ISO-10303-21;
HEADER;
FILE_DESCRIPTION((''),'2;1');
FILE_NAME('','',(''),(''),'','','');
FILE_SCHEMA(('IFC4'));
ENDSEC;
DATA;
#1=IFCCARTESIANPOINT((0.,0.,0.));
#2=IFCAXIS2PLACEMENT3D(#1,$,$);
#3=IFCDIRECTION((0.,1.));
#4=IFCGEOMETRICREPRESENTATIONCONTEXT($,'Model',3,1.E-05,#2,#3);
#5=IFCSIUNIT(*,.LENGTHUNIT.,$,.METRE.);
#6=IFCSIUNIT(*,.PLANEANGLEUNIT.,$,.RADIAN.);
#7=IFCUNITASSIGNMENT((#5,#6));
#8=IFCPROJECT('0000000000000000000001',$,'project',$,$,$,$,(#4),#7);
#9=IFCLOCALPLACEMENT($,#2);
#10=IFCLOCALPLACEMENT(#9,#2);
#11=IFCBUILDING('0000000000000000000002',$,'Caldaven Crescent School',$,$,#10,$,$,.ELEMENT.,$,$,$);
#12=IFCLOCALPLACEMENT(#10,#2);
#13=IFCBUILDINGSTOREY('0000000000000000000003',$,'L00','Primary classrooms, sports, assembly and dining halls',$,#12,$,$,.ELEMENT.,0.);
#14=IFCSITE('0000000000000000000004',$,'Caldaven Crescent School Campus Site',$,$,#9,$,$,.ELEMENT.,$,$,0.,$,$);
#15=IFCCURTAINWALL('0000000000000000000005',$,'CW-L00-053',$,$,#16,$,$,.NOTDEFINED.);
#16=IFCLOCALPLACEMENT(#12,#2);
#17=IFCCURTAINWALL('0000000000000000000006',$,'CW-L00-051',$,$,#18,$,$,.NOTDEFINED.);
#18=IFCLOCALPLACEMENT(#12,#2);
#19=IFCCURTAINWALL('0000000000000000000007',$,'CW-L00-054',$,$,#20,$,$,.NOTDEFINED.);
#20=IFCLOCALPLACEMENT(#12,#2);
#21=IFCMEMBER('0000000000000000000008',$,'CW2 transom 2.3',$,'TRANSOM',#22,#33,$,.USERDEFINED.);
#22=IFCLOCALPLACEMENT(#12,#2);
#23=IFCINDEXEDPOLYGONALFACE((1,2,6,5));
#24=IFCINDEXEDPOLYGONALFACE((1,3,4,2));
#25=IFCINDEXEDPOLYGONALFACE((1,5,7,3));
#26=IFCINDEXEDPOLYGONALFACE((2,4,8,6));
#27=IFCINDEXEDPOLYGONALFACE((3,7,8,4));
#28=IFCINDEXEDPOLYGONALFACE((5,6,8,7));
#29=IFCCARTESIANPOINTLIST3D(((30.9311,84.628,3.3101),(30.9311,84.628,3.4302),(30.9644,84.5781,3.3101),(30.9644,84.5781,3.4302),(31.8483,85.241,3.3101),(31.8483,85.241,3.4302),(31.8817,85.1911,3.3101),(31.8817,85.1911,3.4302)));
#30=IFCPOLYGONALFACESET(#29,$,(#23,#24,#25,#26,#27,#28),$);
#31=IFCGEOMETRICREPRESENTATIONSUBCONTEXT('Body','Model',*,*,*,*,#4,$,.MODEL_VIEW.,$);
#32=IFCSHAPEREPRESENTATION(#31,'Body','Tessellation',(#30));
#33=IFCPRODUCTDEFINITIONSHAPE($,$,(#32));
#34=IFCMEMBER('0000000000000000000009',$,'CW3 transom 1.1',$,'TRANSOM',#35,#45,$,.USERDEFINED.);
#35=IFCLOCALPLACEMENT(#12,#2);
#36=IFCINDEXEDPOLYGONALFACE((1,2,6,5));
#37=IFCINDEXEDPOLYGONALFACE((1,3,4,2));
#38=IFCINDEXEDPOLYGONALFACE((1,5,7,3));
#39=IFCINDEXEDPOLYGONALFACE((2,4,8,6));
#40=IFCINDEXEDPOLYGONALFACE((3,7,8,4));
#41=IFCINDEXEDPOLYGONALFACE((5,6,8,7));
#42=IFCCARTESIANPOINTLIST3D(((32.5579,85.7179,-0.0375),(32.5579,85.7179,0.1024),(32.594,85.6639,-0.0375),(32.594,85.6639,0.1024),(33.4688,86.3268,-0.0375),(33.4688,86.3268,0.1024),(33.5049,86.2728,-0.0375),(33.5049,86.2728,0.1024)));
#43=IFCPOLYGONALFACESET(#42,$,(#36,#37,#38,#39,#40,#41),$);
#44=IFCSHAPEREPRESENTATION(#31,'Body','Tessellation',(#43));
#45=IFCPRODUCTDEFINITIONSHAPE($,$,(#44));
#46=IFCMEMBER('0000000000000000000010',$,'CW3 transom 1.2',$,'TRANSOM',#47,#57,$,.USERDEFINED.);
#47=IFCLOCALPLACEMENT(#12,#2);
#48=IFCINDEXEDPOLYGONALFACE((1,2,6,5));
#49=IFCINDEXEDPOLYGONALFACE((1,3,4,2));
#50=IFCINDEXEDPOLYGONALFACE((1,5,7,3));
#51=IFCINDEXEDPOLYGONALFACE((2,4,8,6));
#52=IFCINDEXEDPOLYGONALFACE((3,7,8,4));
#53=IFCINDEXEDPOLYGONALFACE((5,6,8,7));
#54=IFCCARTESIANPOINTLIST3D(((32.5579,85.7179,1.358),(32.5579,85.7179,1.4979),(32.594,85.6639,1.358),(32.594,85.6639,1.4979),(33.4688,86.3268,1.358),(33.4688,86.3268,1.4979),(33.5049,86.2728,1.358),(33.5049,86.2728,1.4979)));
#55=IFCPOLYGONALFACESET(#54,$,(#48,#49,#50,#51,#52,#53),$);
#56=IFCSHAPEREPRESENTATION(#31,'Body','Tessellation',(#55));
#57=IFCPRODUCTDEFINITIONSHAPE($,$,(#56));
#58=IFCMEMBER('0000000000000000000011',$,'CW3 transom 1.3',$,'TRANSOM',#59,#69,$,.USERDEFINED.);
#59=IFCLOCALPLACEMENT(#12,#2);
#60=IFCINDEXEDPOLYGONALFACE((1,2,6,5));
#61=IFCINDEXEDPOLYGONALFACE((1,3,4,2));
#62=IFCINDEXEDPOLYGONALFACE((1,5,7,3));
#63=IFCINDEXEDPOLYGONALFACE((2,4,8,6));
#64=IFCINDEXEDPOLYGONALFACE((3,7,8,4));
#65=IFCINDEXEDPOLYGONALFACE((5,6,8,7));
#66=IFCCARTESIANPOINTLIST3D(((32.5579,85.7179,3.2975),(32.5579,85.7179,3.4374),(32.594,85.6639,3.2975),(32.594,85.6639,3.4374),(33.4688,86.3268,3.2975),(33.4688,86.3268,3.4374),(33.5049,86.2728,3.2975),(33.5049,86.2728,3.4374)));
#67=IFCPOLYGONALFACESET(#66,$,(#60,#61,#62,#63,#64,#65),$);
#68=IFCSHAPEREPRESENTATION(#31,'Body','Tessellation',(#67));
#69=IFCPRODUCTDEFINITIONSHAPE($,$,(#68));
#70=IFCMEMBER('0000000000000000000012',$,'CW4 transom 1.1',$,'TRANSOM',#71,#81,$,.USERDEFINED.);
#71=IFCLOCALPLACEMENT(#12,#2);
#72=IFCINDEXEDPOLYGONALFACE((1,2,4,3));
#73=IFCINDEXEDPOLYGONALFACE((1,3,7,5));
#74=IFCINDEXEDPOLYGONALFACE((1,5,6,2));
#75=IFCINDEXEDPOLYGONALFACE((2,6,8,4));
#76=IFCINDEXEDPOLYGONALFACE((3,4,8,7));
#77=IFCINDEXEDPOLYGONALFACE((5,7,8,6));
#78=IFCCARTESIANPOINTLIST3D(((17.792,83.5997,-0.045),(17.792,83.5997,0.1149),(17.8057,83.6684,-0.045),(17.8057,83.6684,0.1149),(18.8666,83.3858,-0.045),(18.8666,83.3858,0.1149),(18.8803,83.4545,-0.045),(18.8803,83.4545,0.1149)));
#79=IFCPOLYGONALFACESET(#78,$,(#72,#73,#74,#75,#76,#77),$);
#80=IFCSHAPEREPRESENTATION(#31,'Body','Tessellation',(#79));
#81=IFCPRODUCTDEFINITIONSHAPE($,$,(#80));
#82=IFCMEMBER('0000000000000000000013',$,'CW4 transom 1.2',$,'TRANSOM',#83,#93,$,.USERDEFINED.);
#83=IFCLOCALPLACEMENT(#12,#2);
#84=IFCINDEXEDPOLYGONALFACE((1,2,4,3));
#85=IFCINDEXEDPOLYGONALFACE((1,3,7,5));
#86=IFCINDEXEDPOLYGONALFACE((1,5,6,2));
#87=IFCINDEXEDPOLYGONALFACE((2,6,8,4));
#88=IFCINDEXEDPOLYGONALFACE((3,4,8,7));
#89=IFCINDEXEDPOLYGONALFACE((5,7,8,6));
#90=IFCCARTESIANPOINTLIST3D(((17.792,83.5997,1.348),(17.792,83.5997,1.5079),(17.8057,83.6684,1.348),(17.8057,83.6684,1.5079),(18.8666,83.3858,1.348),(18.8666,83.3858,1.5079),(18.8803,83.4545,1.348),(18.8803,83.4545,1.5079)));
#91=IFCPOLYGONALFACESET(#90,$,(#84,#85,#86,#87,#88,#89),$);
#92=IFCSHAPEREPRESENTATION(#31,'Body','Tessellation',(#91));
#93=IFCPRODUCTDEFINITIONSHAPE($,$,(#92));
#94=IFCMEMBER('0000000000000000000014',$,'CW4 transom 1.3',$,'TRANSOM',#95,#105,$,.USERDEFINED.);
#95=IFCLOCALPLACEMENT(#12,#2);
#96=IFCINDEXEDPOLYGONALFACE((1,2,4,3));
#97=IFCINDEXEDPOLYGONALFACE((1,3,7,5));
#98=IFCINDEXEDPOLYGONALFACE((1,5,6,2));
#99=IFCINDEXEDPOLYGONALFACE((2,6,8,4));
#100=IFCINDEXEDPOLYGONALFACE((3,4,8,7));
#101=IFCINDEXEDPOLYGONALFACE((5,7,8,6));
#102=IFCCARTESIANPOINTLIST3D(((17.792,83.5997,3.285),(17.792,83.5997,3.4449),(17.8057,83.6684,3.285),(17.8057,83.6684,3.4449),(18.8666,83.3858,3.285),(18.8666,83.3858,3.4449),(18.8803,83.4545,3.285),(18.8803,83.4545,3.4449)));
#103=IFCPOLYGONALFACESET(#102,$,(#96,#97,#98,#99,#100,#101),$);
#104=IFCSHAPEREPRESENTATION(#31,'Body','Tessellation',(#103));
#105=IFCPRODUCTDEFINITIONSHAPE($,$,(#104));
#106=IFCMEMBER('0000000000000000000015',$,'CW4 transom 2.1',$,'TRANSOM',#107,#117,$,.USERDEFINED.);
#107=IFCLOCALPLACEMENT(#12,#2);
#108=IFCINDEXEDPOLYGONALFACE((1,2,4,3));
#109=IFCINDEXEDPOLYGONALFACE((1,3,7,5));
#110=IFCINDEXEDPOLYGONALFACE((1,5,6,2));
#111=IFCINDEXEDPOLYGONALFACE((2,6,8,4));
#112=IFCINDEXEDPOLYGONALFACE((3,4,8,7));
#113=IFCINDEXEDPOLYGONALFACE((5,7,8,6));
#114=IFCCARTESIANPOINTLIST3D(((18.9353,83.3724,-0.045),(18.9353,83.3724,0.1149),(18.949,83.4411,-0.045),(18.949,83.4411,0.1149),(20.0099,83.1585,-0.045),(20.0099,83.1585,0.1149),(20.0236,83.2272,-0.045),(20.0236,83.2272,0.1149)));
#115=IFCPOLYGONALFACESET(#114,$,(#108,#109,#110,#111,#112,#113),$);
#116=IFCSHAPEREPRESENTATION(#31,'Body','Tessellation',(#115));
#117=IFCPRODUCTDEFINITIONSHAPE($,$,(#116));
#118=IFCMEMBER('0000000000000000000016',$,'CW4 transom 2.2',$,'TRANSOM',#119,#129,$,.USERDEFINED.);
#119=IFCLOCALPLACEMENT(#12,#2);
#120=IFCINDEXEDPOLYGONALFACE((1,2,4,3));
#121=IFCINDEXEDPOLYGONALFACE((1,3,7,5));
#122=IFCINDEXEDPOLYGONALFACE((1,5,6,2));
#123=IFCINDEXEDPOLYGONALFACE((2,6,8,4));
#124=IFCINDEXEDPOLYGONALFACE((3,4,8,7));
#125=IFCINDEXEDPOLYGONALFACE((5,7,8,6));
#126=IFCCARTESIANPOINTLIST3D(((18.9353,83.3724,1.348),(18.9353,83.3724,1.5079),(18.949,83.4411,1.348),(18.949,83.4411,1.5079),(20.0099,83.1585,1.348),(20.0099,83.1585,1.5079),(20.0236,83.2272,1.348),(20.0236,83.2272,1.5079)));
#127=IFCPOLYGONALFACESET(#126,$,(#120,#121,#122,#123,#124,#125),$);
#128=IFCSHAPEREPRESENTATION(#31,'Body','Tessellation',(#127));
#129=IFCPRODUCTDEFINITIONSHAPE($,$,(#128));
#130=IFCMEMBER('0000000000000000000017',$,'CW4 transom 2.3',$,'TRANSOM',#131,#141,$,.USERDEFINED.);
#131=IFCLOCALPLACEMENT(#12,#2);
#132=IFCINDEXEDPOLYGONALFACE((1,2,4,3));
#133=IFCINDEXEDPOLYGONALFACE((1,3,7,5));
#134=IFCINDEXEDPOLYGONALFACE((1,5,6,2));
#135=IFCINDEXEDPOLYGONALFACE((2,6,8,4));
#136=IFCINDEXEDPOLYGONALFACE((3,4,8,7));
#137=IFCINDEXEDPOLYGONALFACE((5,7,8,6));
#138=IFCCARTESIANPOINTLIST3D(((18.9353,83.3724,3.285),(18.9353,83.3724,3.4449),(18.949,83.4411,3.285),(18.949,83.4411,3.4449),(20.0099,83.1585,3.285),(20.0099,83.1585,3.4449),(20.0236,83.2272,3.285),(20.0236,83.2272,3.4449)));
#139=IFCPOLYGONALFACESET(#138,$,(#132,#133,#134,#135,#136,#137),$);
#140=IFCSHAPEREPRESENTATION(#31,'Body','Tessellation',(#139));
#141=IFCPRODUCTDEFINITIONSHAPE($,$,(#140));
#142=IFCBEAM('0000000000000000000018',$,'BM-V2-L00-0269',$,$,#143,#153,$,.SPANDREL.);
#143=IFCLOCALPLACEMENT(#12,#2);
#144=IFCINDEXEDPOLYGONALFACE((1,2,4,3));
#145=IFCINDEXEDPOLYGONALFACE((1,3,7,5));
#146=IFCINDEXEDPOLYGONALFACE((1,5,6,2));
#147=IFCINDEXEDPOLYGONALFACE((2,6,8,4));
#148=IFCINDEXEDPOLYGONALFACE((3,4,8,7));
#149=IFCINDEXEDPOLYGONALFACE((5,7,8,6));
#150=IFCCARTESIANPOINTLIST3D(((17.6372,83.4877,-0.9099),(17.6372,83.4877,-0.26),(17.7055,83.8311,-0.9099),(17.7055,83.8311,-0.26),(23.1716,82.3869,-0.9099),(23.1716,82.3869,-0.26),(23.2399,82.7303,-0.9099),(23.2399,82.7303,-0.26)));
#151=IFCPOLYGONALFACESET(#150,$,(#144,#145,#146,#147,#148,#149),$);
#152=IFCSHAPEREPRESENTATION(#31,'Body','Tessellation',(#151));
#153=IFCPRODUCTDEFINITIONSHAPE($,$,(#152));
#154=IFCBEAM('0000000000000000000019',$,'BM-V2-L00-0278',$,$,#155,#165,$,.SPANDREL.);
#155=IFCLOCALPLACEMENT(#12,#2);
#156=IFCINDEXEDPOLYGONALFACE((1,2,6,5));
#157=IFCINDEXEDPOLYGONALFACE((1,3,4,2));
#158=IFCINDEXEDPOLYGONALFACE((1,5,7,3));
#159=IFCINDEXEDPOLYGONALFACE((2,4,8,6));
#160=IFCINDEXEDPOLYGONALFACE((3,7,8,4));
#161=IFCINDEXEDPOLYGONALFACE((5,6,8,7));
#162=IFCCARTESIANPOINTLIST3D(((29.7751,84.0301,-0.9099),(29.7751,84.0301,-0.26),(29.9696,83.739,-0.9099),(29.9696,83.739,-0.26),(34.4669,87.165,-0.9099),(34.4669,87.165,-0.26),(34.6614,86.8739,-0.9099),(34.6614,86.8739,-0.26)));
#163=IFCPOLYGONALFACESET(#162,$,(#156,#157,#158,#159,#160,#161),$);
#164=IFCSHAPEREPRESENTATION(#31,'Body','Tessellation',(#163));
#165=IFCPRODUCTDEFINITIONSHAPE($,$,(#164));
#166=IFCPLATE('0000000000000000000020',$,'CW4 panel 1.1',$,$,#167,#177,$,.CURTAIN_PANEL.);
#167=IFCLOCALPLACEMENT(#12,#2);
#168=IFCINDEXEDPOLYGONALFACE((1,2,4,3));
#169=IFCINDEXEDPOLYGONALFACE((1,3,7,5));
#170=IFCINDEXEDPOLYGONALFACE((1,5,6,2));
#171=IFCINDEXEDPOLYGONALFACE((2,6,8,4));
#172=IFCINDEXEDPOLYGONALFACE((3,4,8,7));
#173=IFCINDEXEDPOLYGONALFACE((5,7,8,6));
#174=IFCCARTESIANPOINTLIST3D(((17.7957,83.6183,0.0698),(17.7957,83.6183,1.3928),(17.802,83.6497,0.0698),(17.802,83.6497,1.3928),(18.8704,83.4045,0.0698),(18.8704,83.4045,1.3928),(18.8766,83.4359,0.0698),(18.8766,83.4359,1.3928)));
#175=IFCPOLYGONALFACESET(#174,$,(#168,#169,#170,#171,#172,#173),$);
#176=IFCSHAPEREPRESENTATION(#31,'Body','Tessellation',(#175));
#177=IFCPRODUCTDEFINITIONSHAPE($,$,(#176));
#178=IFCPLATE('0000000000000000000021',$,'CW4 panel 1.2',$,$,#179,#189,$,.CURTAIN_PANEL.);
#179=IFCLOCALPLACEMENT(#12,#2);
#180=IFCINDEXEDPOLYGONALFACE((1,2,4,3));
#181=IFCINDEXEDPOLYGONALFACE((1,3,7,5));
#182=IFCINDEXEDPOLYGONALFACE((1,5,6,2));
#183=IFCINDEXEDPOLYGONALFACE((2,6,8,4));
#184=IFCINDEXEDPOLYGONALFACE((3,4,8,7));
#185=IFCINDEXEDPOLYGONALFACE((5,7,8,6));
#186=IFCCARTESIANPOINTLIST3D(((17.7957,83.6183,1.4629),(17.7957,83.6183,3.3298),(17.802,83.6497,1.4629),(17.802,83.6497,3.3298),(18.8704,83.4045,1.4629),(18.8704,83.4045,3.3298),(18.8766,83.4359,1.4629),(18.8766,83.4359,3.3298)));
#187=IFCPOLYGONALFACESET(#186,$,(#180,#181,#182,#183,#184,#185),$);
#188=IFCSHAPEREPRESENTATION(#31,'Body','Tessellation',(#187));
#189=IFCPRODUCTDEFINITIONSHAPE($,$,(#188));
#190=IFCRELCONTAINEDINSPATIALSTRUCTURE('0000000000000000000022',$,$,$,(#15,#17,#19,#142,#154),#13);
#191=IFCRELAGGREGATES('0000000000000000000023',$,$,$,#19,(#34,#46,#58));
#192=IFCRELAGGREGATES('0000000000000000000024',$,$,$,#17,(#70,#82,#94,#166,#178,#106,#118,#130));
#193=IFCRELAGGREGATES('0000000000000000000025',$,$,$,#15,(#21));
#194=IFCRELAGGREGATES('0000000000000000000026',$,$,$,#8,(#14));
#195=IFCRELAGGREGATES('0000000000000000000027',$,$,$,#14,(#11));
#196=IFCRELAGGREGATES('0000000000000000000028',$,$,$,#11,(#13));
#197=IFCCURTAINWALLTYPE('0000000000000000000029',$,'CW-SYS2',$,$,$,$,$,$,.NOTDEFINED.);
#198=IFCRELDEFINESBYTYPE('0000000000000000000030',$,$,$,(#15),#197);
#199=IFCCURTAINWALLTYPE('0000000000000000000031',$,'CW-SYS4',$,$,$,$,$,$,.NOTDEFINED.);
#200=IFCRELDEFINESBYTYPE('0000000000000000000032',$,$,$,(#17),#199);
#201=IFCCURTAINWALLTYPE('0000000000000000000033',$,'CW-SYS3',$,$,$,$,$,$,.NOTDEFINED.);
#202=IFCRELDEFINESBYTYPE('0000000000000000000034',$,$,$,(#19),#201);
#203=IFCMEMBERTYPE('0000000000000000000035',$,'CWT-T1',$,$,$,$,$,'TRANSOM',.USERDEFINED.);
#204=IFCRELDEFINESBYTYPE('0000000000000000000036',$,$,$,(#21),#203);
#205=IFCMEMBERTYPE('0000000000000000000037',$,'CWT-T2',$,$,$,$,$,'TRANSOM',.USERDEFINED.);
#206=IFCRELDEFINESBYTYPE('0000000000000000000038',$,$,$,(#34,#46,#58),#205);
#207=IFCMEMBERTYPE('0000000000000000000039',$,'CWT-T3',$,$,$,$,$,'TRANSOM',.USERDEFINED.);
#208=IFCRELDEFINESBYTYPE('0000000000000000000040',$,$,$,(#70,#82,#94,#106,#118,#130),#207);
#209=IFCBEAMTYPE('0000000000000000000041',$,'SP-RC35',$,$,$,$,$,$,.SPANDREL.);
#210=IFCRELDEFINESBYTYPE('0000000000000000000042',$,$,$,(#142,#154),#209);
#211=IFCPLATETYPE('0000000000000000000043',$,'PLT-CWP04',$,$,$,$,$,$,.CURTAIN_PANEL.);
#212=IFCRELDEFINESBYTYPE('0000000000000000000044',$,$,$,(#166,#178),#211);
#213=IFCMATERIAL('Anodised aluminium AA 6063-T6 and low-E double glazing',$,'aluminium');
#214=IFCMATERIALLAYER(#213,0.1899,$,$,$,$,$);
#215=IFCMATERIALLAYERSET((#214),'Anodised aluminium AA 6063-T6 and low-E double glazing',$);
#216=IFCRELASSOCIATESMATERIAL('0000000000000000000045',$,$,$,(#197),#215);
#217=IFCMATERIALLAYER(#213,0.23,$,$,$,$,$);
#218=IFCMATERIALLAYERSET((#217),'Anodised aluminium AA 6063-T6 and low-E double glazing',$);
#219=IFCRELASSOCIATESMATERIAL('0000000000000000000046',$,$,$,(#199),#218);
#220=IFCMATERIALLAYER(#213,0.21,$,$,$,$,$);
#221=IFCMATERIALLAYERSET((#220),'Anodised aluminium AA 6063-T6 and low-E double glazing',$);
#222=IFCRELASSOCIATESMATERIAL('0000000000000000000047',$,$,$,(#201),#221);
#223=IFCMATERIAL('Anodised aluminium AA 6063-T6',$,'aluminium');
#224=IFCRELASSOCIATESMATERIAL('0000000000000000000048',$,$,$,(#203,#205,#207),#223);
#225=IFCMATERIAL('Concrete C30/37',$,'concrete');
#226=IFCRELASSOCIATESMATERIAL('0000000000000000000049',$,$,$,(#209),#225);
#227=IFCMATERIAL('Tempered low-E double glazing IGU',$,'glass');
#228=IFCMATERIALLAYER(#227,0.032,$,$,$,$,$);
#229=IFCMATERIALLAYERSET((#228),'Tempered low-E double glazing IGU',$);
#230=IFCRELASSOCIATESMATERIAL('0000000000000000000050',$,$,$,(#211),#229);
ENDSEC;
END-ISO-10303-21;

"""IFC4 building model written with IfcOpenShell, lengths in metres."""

from ifc_helpers import new_model, si_unit, direction, frame, origin, origin_2d, place, context, subcontext, project, spatial, rectangle, extrude, material, layer, layer_set, material_profile, profile_set, type_object, element, aggregate, save


model = new_model("IFC4")

# Units and contexts
model_context = context("Model", 3, precision=1e-05, world=origin(), true_north=direction((0.0, 1.0)))
body_context = subcontext(model_context, "Body", "Model", "MODEL_VIEW")
ifc_project = project(units=[si_unit("LENGTHUNIT", "METRE"), si_unit("PLANEANGLEUNIT", "RADIAN")], contexts=[model_context])

# Site, building, storey
site_placement = place(None, origin())
site = spatial("IfcSite", under=ifc_project, at=site_placement, Name="Caldaven Crescent School Campus Site", CompositionType="ELEMENT", RefElevation=0.0)
building_placement = place(site_placement, origin())
building = spatial("IfcBuilding", under=site, at=building_placement, Name="Caldaven Crescent School", CompositionType="ELEMENT")
storey_placement = place(building_placement, origin())
storey = spatial("IfcBuildingStorey", under=building, at=storey_placement, Name="L00", Description="Primary classrooms, sports, assembly and dining halls", CompositionType="ELEMENT", Elevation=0.0)

# Shared definitions
ifc_material_1 = material(Name="Concrete C30/37", Category="concrete")

# Curtain walls
ifc_material_2 = material(Name="Anodised aluminium AA 6063-T6 and low-E double glazing", Category="aluminium")
ifc_layer_1 = layer(ifc_material_2, 0.1899)
ifc_layer_set_1 = layer_set([ifc_layer_1], Name="Anodised aluminium AA 6063-T6 and low-E double glazing")
curtain_wall_type_1 = type_object("IfcCurtainWallType", Name="CW-SYS2", PredefinedType="NOTDEFINED", material=ifc_layer_set_1)
curtain_wall_1_placement = place(storey_placement, origin())
curtain_wall_1 = element("IfcCurtainWall", 1, at=curtain_wall_1_placement, inside=storey, type_object=curtain_wall_type_1, Name="CW-L00-053", PredefinedType="NOTDEFINED")
ifc_material_3 = material(Name="Anodised aluminium AA 6063-T6", Category="aluminium")
ifc_layer_2 = layer(ifc_material_2, 0.23)
ifc_layer_set_2 = layer_set([ifc_layer_2], Name="Anodised aluminium AA 6063-T6 and low-E double glazing")
curtain_wall_type_2 = type_object("IfcCurtainWallType", Name="CW-SYS4", PredefinedType="NOTDEFINED", material=ifc_layer_set_2)
curtain_wall_2_placement = place(storey_placement, origin())
curtain_wall_2 = element("IfcCurtainWall", 2, at=curtain_wall_2_placement, inside=storey, type_object=curtain_wall_type_2, Name="CW-L00-051", PredefinedType="NOTDEFINED")

# Curtain wall
ifc_layer_3 = layer(ifc_material_2, 0.21)
ifc_layer_set_3 = layer_set([ifc_layer_3], Name="Anodised aluminium AA 6063-T6 and low-E double glazing")
curtain_wall_type_3 = type_object("IfcCurtainWallType", Name="CW-SYS3", PredefinedType="NOTDEFINED", material=ifc_layer_set_3)
curtain_wall_3_placement = place(storey_placement, origin())
curtain_wall_3 = element("IfcCurtainWall", 3, at=curtain_wall_3_placement, inside=storey, type_object=curtain_wall_type_3, Name="CW-L00-054", PredefinedType="NOTDEFINED")

# Members
ifc_material_profile_1 = material_profile(ifc_material_3, rectangle(XDim=0.0601, YDim=0.1201, at=origin_2d()), Name="CWT 60x120")
ifc_profile_set_1 = profile_set([ifc_material_profile_1], Name="Anodised aluminium AA 6063-T6")
member_type_1 = type_object("IfcMemberType", Name="CWT-T1", ElementType="TRANSOM", PredefinedType="USERDEFINED", material=ifc_profile_set_1)
member_1_placement = place(storey_placement, frame((30.9478, 84.603, 3.3701), z_axis=(0.831403, 0.55567, 0.0), x_axis=(-0.55567, 0.831403, 0.0)))
member_1 = element("IfcMember", 4, at=member_1_placement, type_object=member_type_1, Name="CW2 transom 2.3", ObjectType="TRANSOM", PredefinedType="USERDEFINED", context=body_context, shape_type="SweptSolid", body=[
    extrude(rectangle(XDim=0.0601, YDim=0.1201, at=origin_2d()), origin(), (0.0, 0.0, 1.0), 1.1033),
])
ifc_material_profile_2 = material_profile(ifc_material_3, rectangle(XDim=0.0649, YDim=0.1399, at=origin_2d()), Name="CWT 65x140")
ifc_profile_set_2 = profile_set([ifc_material_profile_2], Name="Anodised aluminium AA 6063-T6")
member_type_2 = type_object("IfcMemberType", Name="CWT-T2", ElementType="TRANSOM", PredefinedType="USERDEFINED", material=ifc_profile_set_2)
member_2_placement = place(storey_placement, frame((32.5759, 85.6909, 0.0325), z_axis=(0.831364, 0.555728, 0.0), x_axis=(-0.555728, 0.831364, 0.0)))
member_2 = element("IfcMember", 5, at=member_2_placement, type_object=member_type_2, Name="CW3 transom 1.1", ObjectType="TRANSOM", PredefinedType="USERDEFINED", context=body_context, shape_type="SweptSolid", body=[
    extrude(rectangle(XDim=0.0649, YDim=0.1399, at=origin_2d()), origin(), (0.0, 0.0, 1.0), 1.0957),
])
member_3_placement = place(storey_placement, frame((32.5759, 85.6909, 1.428), z_axis=(0.831364, 0.555728, 0.0), x_axis=(-0.555728, 0.831364, 0.0)))
member_3 = element("IfcMember", 6, at=member_3_placement, type_object=member_type_2, Name="CW3 transom 1.2", ObjectType="TRANSOM", PredefinedType="USERDEFINED", context=body_context, shape_type="SweptSolid", body=[
    extrude(rectangle(XDim=0.0649, YDim=0.1399, at=origin_2d()), origin(), (0.0, 0.0, 1.0), 1.0957),
])
member_4_placement = place(storey_placement, frame((32.5759, 85.6909, 3.3674), z_axis=(0.831364, 0.555728, 0.0), x_axis=(-0.555728, 0.831364, 0.0)))
member_4 = element("IfcMember", 7, at=member_4_placement, type_object=member_type_2, Name="CW3 transom 1.3", ObjectType="TRANSOM", PredefinedType="USERDEFINED", context=body_context, shape_type="SweptSolid", body=[
    extrude(rectangle(XDim=0.0649, YDim=0.1399, at=origin_2d()), origin(), (0.0, 0.0, 1.0), 1.0957),
])
aggregate(curtain_wall_3, [member_2, member_3, member_4])
ifc_material_profile_3 = material_profile(ifc_material_3, rectangle(XDim=0.0701, YDim=0.1599, at=origin_2d()), Name="CWT 70x160")
ifc_profile_set_3 = profile_set([ifc_material_profile_3], Name="Anodised aluminium AA 6063-T6")
member_type_3 = type_object("IfcMemberType", Name="CWT-T3", ElementType="TRANSOM", PredefinedType="USERDEFINED", material=ifc_profile_set_3)
member_5_placement = place(storey_placement, frame((17.7988, 83.634, 0.0349), z_axis=(0.980769, -0.195173, 0.0), x_axis=(0.195173, 0.980769, 0.0)))
member_5 = element("IfcMember", 8, at=member_5_placement, type_object=member_type_3, Name="CW4 transom 1.1", ObjectType="TRANSOM", PredefinedType="USERDEFINED", context=body_context, shape_type="SweptSolid", body=[
    extrude(rectangle(XDim=0.0701, YDim=0.1599, at=origin_2d()), origin(), (0.0, 0.0, 1.0), 1.0957),
])
member_6_placement = place(storey_placement, frame((17.7988, 83.634, 1.428), z_axis=(0.980769, -0.195173, 0.0), x_axis=(0.195173, 0.980769, 0.0)))
member_6 = element("IfcMember", 9, at=member_6_placement, type_object=member_type_3, Name="CW4 transom 1.2", ObjectType="TRANSOM", PredefinedType="USERDEFINED", context=body_context, shape_type="SweptSolid", body=[
    extrude(rectangle(XDim=0.0701, YDim=0.1599, at=origin_2d()), origin(), (0.0, 0.0, 1.0), 1.0957),
])
member_7_placement = place(storey_placement, frame((17.7988, 83.634, 3.365), z_axis=(0.980769, -0.195173, 0.0), x_axis=(0.195173, 0.980769, 0.0)))
member_7 = element("IfcMember", 10, at=member_7_placement, type_object=member_type_3, Name="CW4 transom 1.3", ObjectType="TRANSOM", PredefinedType="USERDEFINED", context=body_context, shape_type="SweptSolid", body=[
    extrude(rectangle(XDim=0.0701, YDim=0.1599, at=origin_2d()), origin(), (0.0, 0.0, 1.0), 1.0957),
])
member_8_placement = place(storey_placement, frame((18.9421, 83.4067, 0.0349), z_axis=(0.980769, -0.195173, 0.0), x_axis=(0.195173, 0.980769, 0.0)))
member_8 = element("IfcMember", 11, at=member_8_placement, type_object=member_type_3, Name="CW4 transom 2.1", ObjectType="TRANSOM", PredefinedType="USERDEFINED", context=body_context, shape_type="SweptSolid", body=[
    extrude(rectangle(XDim=0.0701, YDim=0.1599, at=origin_2d()), origin(), (0.0, 0.0, 1.0), 1.0957),
])
member_9_placement = place(storey_placement, frame((18.9421, 83.4067, 1.428), z_axis=(0.980769, -0.195173, 0.0), x_axis=(0.195173, 0.980769, 0.0)))
member_9 = element("IfcMember", 12, at=member_9_placement, type_object=member_type_3, Name="CW4 transom 2.2", ObjectType="TRANSOM", PredefinedType="USERDEFINED", context=body_context, shape_type="SweptSolid", body=[
    extrude(rectangle(XDim=0.0701, YDim=0.1599, at=origin_2d()), origin(), (0.0, 0.0, 1.0), 1.0957),
])
member_10_placement = place(storey_placement, frame((18.9421, 83.4067, 3.365), z_axis=(0.980769, -0.195173, 0.0), x_axis=(0.195173, 0.980769, 0.0)))
member_10 = element("IfcMember", 13, at=member_10_placement, type_object=member_type_3, Name="CW4 transom 2.3", ObjectType="TRANSOM", PredefinedType="USERDEFINED", context=body_context, shape_type="SweptSolid", body=[
    extrude(rectangle(XDim=0.0701, YDim=0.1599, at=origin_2d()), origin(), (0.0, 0.0, 1.0), 1.0957),
])

# Beams
ifc_material_profile_4 = material_profile(ifc_material_1, rectangle(XDim=0.3501, YDim=0.6499, at=origin_2d()), Name="RC 350x650")
ifc_profile_set_4 = profile_set([ifc_material_profile_4], Name="Concrete C30/37")
beam_type = type_object("IfcBeamType", Name="SP-RC35", PredefinedType="SPANDREL", material=ifc_profile_set_4)
for number, where, z_axis, x_axis, name in (
    (14, (17.6714, 83.6594, -0.585), (0.980786, -0.195084, 0.0), (0.195084, 0.980786, 0.0), "BM-V2-L00-0269"),
    (15, (29.8723, 83.8845, -0.585), (0.831471, 0.555569, 0.0), (-0.555569, 0.831471, 0.0), "BM-V2-L00-0278"),
):
    element("IfcBeam", number, at=place(storey_placement, frame(where, z_axis=z_axis, x_axis=x_axis)), inside=storey, type_object=beam_type, Name=name, PredefinedType="SPANDREL", context=body_context, shape_type="SweptSolid", body=[
        extrude(rectangle(XDim=0.3501, YDim=0.6499, at=origin_2d()), origin(), (0.0, 0.0, 1.0), 5.6428),
    ])

# Plates
ifc_material_4 = material(Name="Tempered low-E double glazing IGU", Category="glass")
ifc_layer_4 = layer(ifc_material_4, 0.032)
ifc_layer_set_4 = layer_set([ifc_layer_4], Name="Tempered low-E double glazing IGU")
plate_type_1 = type_object("IfcPlateType", Name="PLT-CWP04", PredefinedType="CURTAIN_PANEL", material=ifc_layer_set_4)
plate_1_placement = place(storey_placement, frame((18.3362, 83.5271, 0.0698), z_axis=(0.0, 0.0, 1.0), x_axis=(0.980786, -0.195087, 0.0)))
plate_1 = element("IfcPlate", 16, at=plate_1_placement, type_object=plate_type_1, Name="CW4 panel 1.1", PredefinedType="CURTAIN_PANEL", context=body_context, shape_type="SweptSolid", body=[
    extrude(rectangle(XDim=1.0957, YDim=0.032, at=origin_2d()), origin(), (0.0, 0.0, 1.0), 1.323),
])
plate_2_placement = place(storey_placement, frame((18.3362, 83.5271, 1.4629), z_axis=(0.0, 0.0, 1.0), x_axis=(0.980786, -0.195087, 0.0)))
plate_2 = element("IfcPlate", 17, at=plate_2_placement, type_object=plate_type_1, Name="CW4 panel 1.2", PredefinedType="CURTAIN_PANEL", context=body_context, shape_type="SweptSolid", body=[
    extrude(rectangle(XDim=1.0957, YDim=0.032, at=origin_2d()), origin(), (0.0, 0.0, 1.0), 1.8669),
])
aggregate(curtain_wall_2, [member_5, member_6, member_7, plate_1, plate_2, member_8, member_9, member_10])
aggregate(curtain_wall_1, [member_1])

save(model, "model.ifc")
